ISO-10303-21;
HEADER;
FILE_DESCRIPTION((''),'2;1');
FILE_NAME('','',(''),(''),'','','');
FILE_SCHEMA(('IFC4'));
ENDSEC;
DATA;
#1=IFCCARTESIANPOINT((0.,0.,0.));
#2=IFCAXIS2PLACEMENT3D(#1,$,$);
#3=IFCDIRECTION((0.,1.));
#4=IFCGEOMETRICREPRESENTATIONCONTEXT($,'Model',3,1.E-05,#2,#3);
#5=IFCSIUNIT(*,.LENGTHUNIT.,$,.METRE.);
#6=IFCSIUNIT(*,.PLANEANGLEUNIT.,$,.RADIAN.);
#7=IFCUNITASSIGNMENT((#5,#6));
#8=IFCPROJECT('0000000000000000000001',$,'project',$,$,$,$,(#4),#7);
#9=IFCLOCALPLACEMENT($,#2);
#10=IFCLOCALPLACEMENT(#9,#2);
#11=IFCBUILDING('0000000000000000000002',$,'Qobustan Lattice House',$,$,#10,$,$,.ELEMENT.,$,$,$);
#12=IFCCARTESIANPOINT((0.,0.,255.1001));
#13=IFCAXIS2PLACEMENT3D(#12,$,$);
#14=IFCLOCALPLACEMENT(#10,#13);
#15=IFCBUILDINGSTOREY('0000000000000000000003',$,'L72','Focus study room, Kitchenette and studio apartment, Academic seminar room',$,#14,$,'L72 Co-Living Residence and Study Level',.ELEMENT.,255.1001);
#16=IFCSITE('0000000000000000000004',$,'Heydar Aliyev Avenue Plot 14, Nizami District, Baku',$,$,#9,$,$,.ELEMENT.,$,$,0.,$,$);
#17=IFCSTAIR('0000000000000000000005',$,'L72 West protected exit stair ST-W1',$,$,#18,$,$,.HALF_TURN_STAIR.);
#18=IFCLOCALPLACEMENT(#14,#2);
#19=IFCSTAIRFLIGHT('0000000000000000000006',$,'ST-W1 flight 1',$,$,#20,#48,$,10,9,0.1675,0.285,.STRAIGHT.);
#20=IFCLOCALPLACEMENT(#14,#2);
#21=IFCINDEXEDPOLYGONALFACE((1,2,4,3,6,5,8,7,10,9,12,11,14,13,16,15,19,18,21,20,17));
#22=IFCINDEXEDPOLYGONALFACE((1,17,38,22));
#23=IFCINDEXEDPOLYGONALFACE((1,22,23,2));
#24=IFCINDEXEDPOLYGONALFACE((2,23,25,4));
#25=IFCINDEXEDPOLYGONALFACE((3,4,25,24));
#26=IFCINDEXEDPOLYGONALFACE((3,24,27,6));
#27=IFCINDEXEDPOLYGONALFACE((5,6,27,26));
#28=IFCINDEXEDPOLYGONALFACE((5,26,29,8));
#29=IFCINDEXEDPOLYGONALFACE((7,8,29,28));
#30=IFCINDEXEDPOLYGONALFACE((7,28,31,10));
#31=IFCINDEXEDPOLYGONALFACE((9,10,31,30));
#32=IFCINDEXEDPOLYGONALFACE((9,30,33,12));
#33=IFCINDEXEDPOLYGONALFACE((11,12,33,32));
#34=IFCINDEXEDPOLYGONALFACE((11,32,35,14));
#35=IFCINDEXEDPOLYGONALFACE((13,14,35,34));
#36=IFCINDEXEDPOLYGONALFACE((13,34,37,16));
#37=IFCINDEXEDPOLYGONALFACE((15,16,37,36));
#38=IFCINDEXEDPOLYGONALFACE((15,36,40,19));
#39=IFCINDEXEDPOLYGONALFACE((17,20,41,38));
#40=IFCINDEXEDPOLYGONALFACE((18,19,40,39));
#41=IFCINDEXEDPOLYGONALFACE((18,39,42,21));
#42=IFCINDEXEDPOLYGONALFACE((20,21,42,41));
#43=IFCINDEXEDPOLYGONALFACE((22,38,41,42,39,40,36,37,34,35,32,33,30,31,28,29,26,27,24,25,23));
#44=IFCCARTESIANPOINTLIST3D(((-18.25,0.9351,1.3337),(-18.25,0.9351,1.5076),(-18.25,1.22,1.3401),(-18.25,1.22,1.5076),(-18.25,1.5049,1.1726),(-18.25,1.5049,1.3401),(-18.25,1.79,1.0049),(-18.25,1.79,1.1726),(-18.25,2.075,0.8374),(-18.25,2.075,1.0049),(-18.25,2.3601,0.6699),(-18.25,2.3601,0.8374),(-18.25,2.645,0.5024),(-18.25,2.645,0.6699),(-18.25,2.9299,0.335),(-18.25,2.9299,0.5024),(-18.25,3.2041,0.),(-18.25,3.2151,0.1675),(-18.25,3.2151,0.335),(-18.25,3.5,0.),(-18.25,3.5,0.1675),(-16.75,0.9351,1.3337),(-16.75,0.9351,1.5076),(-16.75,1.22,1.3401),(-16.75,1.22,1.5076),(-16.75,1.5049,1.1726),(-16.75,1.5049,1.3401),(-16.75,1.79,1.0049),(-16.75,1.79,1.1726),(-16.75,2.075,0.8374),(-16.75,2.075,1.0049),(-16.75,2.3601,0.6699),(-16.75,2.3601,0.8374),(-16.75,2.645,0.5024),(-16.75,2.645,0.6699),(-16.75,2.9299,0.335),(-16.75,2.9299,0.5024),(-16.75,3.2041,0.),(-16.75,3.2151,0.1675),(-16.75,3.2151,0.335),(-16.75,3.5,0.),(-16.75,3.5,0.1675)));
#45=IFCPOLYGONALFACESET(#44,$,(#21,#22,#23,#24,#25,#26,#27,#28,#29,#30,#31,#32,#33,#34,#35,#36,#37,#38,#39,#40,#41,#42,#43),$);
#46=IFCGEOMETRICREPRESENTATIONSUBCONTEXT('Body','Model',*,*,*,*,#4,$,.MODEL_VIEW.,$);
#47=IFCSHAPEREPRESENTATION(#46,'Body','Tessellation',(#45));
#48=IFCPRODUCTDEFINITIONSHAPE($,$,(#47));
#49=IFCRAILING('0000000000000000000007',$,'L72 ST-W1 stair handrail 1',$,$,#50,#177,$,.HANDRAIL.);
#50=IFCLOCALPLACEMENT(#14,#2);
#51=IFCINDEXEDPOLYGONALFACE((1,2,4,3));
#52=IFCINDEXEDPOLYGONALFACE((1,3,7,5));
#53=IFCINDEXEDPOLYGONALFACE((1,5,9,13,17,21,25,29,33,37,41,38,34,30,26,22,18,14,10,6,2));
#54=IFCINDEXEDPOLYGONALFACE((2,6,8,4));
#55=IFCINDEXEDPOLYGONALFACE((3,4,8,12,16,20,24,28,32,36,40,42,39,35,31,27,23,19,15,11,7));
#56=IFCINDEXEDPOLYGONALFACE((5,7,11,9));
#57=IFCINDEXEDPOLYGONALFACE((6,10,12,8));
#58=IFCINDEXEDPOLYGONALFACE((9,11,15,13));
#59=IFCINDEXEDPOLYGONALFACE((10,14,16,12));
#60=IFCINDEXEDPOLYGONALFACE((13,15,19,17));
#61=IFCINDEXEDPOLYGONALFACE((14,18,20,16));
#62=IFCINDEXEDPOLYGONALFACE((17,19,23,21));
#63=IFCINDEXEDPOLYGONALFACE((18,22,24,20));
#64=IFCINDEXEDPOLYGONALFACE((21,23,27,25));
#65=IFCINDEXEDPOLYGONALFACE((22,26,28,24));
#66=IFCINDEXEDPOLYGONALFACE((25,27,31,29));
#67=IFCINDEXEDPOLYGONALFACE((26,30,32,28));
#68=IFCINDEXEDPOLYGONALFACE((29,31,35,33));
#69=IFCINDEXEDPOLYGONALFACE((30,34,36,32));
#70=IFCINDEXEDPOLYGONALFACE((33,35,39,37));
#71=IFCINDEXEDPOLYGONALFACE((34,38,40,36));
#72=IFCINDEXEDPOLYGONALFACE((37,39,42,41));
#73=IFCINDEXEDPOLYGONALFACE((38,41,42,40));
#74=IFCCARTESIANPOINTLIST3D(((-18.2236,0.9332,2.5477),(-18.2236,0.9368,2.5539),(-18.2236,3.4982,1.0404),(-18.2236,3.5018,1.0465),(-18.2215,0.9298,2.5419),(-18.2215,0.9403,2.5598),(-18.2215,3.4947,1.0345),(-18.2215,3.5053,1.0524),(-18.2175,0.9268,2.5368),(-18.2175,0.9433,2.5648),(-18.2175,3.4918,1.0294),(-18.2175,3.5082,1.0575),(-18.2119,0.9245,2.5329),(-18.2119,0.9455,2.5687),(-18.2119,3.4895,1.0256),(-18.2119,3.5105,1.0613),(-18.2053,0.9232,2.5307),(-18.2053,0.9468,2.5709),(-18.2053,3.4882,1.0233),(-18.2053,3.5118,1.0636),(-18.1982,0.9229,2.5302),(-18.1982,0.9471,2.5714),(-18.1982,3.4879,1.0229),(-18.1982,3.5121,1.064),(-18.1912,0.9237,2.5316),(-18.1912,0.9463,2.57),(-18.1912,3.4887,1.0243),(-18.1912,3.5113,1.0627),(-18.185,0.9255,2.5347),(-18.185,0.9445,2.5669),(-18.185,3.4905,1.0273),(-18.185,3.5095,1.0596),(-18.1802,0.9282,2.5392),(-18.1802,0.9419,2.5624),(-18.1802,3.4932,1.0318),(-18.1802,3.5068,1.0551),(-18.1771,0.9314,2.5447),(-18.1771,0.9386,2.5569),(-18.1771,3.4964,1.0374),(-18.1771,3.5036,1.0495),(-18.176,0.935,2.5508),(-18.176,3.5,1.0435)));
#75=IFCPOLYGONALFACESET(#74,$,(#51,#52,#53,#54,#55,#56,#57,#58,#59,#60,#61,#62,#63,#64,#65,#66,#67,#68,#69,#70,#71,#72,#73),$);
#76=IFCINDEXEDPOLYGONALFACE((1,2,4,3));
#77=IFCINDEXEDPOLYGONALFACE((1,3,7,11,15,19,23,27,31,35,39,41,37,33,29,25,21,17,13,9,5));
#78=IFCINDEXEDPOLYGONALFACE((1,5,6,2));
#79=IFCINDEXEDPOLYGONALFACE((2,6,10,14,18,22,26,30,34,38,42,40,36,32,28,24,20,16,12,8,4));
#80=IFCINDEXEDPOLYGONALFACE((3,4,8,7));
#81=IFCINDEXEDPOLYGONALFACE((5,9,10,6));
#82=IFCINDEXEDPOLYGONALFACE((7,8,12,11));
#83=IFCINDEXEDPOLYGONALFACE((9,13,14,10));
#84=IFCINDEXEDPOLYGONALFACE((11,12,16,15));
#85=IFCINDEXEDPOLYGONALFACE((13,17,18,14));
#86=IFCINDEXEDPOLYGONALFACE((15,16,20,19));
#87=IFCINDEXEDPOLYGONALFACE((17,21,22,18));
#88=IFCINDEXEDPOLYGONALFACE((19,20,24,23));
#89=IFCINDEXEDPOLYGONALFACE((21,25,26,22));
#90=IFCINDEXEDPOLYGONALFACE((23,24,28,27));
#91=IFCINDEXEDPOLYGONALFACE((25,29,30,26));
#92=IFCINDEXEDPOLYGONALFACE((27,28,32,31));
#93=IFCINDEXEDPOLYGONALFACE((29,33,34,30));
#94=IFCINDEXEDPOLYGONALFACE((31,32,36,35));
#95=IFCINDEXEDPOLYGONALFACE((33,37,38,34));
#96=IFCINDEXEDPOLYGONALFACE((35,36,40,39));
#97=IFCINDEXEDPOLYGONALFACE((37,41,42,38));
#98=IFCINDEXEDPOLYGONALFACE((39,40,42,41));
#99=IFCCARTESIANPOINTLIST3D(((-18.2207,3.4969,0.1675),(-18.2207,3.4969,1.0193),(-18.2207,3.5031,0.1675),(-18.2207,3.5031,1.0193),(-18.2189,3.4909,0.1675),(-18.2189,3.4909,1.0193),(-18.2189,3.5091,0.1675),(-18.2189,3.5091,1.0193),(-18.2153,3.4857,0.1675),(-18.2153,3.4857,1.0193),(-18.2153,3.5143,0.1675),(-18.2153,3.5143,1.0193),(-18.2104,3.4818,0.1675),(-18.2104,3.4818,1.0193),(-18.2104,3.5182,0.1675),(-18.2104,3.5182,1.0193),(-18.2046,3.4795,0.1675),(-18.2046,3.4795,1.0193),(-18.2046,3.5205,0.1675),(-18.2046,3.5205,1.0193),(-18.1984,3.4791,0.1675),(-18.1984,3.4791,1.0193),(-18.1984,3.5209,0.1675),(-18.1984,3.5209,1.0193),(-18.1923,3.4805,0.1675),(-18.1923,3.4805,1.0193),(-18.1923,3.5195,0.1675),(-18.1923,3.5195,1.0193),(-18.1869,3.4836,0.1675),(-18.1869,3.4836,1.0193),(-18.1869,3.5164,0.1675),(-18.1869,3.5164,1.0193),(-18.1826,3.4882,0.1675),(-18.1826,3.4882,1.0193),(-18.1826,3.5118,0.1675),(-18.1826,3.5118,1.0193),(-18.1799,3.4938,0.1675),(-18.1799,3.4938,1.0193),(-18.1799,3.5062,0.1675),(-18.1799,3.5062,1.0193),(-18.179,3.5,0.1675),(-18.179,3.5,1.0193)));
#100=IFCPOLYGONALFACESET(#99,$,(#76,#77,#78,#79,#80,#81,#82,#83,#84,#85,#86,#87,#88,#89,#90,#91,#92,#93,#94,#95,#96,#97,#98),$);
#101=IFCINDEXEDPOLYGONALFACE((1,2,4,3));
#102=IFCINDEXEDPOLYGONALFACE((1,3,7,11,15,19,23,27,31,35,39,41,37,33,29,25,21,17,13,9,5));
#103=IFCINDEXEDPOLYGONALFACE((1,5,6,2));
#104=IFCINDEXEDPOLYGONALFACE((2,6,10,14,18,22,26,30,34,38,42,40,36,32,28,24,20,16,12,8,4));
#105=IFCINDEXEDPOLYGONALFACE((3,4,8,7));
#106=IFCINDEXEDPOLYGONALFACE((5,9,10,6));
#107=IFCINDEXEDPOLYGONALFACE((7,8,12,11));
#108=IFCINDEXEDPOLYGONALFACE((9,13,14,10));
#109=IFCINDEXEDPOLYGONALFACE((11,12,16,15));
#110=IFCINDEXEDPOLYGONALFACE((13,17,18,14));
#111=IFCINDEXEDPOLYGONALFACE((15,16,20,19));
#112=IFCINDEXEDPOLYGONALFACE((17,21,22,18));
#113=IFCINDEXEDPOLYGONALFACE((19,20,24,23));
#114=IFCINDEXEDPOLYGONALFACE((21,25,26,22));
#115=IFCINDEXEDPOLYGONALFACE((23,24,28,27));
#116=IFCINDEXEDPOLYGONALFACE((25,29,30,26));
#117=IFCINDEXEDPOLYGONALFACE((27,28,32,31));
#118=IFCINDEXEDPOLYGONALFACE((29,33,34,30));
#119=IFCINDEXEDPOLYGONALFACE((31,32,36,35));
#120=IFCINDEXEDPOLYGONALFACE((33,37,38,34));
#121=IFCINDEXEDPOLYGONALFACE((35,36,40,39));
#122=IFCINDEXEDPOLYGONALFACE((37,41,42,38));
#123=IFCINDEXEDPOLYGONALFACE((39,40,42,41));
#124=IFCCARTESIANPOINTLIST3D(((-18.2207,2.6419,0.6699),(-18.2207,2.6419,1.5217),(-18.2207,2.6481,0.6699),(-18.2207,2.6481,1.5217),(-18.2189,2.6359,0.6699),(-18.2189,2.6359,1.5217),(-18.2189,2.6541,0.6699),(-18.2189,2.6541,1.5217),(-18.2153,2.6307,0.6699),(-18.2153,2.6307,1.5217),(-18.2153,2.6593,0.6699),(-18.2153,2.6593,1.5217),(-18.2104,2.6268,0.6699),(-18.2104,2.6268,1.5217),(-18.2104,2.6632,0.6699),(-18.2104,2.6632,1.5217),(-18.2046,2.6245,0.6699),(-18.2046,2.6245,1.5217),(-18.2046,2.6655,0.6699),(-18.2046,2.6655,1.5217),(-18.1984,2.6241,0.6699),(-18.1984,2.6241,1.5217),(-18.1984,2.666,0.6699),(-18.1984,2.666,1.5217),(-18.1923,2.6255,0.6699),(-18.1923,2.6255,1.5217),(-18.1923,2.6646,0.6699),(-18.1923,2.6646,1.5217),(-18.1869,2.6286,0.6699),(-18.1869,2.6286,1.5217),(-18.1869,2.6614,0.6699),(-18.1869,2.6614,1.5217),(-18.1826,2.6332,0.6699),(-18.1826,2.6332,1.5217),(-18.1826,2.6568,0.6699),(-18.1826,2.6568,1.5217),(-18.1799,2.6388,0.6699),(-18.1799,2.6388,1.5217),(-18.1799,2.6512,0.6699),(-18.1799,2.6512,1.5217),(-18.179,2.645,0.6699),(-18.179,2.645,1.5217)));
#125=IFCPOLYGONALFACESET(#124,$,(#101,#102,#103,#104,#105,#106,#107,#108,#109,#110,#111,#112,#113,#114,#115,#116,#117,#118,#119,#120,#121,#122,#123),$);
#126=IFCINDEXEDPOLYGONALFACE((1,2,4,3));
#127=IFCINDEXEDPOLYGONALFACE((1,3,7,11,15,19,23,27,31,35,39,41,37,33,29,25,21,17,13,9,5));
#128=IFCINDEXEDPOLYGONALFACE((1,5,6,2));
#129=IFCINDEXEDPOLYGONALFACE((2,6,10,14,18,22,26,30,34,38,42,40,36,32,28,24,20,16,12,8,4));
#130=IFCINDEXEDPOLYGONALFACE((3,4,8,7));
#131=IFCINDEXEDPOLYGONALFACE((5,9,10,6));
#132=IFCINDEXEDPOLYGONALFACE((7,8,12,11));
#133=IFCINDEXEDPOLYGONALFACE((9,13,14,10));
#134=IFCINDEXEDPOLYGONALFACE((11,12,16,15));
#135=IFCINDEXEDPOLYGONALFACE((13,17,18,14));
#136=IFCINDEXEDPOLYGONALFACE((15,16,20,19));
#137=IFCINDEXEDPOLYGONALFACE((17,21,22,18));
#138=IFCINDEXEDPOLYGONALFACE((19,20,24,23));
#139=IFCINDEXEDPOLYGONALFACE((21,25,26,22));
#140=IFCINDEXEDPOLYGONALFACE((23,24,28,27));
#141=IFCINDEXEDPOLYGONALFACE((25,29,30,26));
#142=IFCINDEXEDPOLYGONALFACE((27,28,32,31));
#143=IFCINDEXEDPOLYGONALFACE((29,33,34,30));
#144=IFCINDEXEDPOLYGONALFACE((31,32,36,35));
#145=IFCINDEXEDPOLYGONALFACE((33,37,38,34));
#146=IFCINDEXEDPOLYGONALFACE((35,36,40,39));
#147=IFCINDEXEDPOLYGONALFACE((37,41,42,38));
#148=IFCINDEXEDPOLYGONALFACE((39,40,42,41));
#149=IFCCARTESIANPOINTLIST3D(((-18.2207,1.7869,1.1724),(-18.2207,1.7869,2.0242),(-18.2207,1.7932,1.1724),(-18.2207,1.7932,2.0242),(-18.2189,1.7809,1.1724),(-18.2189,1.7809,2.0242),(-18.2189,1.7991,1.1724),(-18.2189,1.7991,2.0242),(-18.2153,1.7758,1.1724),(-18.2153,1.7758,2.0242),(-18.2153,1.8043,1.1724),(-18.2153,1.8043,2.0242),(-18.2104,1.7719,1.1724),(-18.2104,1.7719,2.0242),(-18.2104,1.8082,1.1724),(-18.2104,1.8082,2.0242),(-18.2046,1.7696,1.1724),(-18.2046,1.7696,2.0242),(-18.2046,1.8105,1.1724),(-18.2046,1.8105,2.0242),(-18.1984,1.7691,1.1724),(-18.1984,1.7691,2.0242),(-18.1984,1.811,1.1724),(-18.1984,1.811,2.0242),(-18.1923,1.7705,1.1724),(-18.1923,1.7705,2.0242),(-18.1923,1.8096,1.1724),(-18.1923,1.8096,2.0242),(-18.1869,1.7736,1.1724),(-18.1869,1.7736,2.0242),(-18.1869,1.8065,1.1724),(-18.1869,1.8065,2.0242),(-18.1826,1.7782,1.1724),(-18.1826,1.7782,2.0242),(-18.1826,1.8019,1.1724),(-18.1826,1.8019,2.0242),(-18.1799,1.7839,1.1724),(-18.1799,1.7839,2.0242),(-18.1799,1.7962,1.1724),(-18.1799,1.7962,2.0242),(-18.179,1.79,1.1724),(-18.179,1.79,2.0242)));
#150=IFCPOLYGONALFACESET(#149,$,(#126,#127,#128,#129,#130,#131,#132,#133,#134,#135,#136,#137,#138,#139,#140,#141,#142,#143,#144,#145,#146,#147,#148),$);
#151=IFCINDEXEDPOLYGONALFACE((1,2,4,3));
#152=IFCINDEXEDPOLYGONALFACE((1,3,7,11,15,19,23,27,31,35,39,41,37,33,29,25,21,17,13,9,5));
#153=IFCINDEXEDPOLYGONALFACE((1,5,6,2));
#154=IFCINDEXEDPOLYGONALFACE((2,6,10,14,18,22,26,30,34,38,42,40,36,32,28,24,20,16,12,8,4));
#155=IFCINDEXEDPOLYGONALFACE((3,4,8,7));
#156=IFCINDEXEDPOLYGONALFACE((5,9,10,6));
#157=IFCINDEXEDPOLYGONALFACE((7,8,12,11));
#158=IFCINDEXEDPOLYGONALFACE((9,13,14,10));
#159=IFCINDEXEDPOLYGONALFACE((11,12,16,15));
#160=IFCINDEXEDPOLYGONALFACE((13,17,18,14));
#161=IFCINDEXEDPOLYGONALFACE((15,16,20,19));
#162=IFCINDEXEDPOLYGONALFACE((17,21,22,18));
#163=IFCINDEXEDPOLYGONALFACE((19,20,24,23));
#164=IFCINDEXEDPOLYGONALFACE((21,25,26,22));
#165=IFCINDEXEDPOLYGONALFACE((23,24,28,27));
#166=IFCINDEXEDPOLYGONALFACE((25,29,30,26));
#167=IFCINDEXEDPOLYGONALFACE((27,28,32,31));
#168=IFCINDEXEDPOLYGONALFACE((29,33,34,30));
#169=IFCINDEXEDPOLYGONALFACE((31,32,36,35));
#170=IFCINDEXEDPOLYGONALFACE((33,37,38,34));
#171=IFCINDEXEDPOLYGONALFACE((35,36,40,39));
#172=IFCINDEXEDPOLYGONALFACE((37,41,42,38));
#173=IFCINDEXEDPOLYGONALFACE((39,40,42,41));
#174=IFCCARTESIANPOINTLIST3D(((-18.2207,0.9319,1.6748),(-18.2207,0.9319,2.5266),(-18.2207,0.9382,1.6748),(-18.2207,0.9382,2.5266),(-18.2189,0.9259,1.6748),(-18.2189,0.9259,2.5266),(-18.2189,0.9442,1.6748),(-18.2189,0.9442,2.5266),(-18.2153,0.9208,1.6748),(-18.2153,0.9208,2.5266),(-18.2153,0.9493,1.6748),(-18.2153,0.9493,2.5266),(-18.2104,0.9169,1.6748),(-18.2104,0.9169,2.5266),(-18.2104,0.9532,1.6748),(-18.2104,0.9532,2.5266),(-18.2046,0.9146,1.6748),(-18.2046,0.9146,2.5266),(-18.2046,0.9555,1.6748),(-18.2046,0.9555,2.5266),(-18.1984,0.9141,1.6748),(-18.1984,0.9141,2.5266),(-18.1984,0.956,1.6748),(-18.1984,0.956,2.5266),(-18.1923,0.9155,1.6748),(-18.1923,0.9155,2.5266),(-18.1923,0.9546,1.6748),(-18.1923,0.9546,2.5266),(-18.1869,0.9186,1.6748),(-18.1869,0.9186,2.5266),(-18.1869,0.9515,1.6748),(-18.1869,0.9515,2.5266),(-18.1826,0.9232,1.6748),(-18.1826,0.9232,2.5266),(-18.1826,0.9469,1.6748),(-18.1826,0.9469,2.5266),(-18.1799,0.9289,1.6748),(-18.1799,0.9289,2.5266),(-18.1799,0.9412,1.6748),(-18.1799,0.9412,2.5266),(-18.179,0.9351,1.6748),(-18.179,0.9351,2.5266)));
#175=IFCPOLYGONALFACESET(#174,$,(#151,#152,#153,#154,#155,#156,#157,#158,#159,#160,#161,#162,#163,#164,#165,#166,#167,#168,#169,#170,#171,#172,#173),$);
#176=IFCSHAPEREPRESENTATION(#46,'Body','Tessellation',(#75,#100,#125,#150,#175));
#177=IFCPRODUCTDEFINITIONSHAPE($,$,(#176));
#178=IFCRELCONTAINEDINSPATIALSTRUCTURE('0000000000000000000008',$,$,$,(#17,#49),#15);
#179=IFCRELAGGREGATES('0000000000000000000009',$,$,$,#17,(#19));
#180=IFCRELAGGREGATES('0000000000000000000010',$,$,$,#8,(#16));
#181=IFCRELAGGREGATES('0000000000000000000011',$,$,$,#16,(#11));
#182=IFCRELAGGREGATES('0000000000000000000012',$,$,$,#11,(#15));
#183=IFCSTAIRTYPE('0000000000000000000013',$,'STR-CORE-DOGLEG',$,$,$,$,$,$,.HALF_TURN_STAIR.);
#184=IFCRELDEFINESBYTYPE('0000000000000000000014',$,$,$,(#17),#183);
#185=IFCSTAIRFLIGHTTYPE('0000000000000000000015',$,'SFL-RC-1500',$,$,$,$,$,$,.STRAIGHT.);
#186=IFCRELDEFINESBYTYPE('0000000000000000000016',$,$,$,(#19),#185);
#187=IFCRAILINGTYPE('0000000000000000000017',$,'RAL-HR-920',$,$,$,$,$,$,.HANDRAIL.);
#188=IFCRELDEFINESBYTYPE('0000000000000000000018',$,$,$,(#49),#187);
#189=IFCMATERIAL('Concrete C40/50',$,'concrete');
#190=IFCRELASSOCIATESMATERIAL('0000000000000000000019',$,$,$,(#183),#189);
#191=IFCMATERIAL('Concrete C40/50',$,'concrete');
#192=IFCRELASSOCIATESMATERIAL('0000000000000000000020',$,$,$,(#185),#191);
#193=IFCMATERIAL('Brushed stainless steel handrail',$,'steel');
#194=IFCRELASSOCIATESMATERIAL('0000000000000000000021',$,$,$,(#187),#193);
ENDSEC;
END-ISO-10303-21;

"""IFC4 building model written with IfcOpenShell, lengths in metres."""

from ifc_helpers import new_model, si_unit, direction, frame, origin, origin_2d, place, context, subcontext, project, spatial, polyline, circle, outline, extrude, material, type_object, element, aggregate, save


model = new_model("IFC4")

# Units and contexts
model_context = context("Model", 3, precision=1e-05, world=origin(), true_north=direction((0.0, 1.0)))
body_context = subcontext(model_context, "Body", "Model", "MODEL_VIEW")
ifc_project = project(units=[si_unit("LENGTHUNIT", "METRE"), si_unit("PLANEANGLEUNIT", "RADIAN")], contexts=[model_context])

# Site, building, storey
site_placement = place(None, origin())
site = spatial("IfcSite", under=ifc_project, at=site_placement, Name="Heydar Aliyev Avenue Plot 14, Nizami District, Baku", CompositionType="ELEMENT", RefElevation=0.0)
building_placement = place(site_placement, origin())
building = spatial("IfcBuilding", under=site, at=building_placement, Name="Qobustan Lattice House", CompositionType="ELEMENT")
storey_placement = place(building_placement, frame((0.0, 0.0, 255.1001)))
storey = spatial("IfcBuildingStorey", under=building, at=storey_placement, Name="L72", Description="Focus study room, Kitchenette and studio apartment, Academic seminar room", LongName="L72 Co-Living Residence and Study Level", CompositionType="ELEMENT", Elevation=255.1001)

# Stair, stair flight
ifc_material_1 = material(Name="Concrete C40/50", Category="concrete")
stair_type = type_object("IfcStairType", Name="STR-CORE-DOGLEG", PredefinedType="HALF_TURN_STAIR", material=ifc_material_1)
stair_placement = place(storey_placement, origin())
stair = element("IfcStair", 1, at=stair_placement, inside=storey, type_object=stair_type, Name="L72 West protected exit stair ST-W1", PredefinedType="HALF_TURN_STAIR")
ifc_material_2 = material(Name="Concrete C40/50", Category="concrete")
stair_flight_type = type_object("IfcStairFlightType", Name="SFL-RC-1500", PredefinedType="STRAIGHT", material=ifc_material_2)
stair_flight_placement = place(storey_placement, frame((-17.5, 3.5, 0.0), z_axis=(0.0, 0.0, 1.0), x_axis=(0.0, -1.0, 0.0)))
stair_flight = element("IfcStairFlight", 2, at=stair_flight_placement, type_object=stair_flight_type, Name="ST-W1 flight 1", NumberOfRisers=10, NumberOfTreads=9, PredefinedType="STRAIGHT", RiserHeight=0.1675, TreadLength=0.285, context=body_context, shape_type="SweptSolid", body=[
    extrude(outline(polyline([(0.0, 0.0), (0.0, 0.1675), (0.2849, 0.1675), (0.2849, 0.335), (0.5701, 0.335), (0.5701, 0.5024), (0.855, 0.5024), (0.855, 0.6699), (1.1399, 0.6699), (1.1399, 0.8374), (1.425, 0.8374), (1.425, 1.0049), (1.71, 1.0049), (1.71, 1.1726), (1.9951, 1.1726), (1.9951, 1.3401), (2.28, 1.3401), (2.28, 1.5076), (2.5649, 1.5076), (2.5649, 1.675), (2.5649, 1.3337), (0.2959, 0.0), (0.0, 0.0)])), frame((0.0, 0.75, 0.0), z_axis=(0.0, -1.0, 0.0), x_axis=(1.0, 0.0, 0.0)), (0.0, 0.0, 1.0), 1.5),
])
aggregate(stair, [stair_flight])

# Railing
ifc_material_3 = material(Name="Brushed stainless steel handrail", Category="steel")
railing_type = type_object("IfcRailingType", Name="RAL-HR-920", PredefinedType="HANDRAIL", material=ifc_material_3)
railing_placement = place(storey_placement, frame((-18.2, 3.5, 0.1675)))
element("IfcRailing", 3, at=railing_placement, inside=storey, type_object=railing_type, Name="L72 ST-W1 stair handrail 1", PredefinedType="HANDRAIL", context=body_context, shape_type="SweptSolid", body=[
    extrude(circle(Radius=0.0239, at=origin_2d()), frame((0.0, 0.0, 0.876), z_axis=(0.0, -0.862149, 0.506654), x_axis=(1.0, 0.0, 0.0)), (0.0, 0.0, 1.0), 2.9751),
    extrude(circle(Radius=0.021, at=origin_2d()), origin(), (0.0, 0.0, 1.0), 0.8518),
    extrude(circle(Radius=0.021, at=origin_2d()), frame((0.0, -0.855, 0.5024)), (0.0, 0.0, 1.0), 0.8518),
    extrude(circle(Radius=0.021, at=origin_2d()), frame((0.0, -1.71, 1.0049)), (0.0, 0.0, 1.0), 0.8518),
    extrude(circle(Radius=0.021, at=origin_2d()), frame((0.0, -2.5649, 1.5073)), (0.0, 0.0, 1.0), 0.8518),
])

save(model, "model.ifc")
